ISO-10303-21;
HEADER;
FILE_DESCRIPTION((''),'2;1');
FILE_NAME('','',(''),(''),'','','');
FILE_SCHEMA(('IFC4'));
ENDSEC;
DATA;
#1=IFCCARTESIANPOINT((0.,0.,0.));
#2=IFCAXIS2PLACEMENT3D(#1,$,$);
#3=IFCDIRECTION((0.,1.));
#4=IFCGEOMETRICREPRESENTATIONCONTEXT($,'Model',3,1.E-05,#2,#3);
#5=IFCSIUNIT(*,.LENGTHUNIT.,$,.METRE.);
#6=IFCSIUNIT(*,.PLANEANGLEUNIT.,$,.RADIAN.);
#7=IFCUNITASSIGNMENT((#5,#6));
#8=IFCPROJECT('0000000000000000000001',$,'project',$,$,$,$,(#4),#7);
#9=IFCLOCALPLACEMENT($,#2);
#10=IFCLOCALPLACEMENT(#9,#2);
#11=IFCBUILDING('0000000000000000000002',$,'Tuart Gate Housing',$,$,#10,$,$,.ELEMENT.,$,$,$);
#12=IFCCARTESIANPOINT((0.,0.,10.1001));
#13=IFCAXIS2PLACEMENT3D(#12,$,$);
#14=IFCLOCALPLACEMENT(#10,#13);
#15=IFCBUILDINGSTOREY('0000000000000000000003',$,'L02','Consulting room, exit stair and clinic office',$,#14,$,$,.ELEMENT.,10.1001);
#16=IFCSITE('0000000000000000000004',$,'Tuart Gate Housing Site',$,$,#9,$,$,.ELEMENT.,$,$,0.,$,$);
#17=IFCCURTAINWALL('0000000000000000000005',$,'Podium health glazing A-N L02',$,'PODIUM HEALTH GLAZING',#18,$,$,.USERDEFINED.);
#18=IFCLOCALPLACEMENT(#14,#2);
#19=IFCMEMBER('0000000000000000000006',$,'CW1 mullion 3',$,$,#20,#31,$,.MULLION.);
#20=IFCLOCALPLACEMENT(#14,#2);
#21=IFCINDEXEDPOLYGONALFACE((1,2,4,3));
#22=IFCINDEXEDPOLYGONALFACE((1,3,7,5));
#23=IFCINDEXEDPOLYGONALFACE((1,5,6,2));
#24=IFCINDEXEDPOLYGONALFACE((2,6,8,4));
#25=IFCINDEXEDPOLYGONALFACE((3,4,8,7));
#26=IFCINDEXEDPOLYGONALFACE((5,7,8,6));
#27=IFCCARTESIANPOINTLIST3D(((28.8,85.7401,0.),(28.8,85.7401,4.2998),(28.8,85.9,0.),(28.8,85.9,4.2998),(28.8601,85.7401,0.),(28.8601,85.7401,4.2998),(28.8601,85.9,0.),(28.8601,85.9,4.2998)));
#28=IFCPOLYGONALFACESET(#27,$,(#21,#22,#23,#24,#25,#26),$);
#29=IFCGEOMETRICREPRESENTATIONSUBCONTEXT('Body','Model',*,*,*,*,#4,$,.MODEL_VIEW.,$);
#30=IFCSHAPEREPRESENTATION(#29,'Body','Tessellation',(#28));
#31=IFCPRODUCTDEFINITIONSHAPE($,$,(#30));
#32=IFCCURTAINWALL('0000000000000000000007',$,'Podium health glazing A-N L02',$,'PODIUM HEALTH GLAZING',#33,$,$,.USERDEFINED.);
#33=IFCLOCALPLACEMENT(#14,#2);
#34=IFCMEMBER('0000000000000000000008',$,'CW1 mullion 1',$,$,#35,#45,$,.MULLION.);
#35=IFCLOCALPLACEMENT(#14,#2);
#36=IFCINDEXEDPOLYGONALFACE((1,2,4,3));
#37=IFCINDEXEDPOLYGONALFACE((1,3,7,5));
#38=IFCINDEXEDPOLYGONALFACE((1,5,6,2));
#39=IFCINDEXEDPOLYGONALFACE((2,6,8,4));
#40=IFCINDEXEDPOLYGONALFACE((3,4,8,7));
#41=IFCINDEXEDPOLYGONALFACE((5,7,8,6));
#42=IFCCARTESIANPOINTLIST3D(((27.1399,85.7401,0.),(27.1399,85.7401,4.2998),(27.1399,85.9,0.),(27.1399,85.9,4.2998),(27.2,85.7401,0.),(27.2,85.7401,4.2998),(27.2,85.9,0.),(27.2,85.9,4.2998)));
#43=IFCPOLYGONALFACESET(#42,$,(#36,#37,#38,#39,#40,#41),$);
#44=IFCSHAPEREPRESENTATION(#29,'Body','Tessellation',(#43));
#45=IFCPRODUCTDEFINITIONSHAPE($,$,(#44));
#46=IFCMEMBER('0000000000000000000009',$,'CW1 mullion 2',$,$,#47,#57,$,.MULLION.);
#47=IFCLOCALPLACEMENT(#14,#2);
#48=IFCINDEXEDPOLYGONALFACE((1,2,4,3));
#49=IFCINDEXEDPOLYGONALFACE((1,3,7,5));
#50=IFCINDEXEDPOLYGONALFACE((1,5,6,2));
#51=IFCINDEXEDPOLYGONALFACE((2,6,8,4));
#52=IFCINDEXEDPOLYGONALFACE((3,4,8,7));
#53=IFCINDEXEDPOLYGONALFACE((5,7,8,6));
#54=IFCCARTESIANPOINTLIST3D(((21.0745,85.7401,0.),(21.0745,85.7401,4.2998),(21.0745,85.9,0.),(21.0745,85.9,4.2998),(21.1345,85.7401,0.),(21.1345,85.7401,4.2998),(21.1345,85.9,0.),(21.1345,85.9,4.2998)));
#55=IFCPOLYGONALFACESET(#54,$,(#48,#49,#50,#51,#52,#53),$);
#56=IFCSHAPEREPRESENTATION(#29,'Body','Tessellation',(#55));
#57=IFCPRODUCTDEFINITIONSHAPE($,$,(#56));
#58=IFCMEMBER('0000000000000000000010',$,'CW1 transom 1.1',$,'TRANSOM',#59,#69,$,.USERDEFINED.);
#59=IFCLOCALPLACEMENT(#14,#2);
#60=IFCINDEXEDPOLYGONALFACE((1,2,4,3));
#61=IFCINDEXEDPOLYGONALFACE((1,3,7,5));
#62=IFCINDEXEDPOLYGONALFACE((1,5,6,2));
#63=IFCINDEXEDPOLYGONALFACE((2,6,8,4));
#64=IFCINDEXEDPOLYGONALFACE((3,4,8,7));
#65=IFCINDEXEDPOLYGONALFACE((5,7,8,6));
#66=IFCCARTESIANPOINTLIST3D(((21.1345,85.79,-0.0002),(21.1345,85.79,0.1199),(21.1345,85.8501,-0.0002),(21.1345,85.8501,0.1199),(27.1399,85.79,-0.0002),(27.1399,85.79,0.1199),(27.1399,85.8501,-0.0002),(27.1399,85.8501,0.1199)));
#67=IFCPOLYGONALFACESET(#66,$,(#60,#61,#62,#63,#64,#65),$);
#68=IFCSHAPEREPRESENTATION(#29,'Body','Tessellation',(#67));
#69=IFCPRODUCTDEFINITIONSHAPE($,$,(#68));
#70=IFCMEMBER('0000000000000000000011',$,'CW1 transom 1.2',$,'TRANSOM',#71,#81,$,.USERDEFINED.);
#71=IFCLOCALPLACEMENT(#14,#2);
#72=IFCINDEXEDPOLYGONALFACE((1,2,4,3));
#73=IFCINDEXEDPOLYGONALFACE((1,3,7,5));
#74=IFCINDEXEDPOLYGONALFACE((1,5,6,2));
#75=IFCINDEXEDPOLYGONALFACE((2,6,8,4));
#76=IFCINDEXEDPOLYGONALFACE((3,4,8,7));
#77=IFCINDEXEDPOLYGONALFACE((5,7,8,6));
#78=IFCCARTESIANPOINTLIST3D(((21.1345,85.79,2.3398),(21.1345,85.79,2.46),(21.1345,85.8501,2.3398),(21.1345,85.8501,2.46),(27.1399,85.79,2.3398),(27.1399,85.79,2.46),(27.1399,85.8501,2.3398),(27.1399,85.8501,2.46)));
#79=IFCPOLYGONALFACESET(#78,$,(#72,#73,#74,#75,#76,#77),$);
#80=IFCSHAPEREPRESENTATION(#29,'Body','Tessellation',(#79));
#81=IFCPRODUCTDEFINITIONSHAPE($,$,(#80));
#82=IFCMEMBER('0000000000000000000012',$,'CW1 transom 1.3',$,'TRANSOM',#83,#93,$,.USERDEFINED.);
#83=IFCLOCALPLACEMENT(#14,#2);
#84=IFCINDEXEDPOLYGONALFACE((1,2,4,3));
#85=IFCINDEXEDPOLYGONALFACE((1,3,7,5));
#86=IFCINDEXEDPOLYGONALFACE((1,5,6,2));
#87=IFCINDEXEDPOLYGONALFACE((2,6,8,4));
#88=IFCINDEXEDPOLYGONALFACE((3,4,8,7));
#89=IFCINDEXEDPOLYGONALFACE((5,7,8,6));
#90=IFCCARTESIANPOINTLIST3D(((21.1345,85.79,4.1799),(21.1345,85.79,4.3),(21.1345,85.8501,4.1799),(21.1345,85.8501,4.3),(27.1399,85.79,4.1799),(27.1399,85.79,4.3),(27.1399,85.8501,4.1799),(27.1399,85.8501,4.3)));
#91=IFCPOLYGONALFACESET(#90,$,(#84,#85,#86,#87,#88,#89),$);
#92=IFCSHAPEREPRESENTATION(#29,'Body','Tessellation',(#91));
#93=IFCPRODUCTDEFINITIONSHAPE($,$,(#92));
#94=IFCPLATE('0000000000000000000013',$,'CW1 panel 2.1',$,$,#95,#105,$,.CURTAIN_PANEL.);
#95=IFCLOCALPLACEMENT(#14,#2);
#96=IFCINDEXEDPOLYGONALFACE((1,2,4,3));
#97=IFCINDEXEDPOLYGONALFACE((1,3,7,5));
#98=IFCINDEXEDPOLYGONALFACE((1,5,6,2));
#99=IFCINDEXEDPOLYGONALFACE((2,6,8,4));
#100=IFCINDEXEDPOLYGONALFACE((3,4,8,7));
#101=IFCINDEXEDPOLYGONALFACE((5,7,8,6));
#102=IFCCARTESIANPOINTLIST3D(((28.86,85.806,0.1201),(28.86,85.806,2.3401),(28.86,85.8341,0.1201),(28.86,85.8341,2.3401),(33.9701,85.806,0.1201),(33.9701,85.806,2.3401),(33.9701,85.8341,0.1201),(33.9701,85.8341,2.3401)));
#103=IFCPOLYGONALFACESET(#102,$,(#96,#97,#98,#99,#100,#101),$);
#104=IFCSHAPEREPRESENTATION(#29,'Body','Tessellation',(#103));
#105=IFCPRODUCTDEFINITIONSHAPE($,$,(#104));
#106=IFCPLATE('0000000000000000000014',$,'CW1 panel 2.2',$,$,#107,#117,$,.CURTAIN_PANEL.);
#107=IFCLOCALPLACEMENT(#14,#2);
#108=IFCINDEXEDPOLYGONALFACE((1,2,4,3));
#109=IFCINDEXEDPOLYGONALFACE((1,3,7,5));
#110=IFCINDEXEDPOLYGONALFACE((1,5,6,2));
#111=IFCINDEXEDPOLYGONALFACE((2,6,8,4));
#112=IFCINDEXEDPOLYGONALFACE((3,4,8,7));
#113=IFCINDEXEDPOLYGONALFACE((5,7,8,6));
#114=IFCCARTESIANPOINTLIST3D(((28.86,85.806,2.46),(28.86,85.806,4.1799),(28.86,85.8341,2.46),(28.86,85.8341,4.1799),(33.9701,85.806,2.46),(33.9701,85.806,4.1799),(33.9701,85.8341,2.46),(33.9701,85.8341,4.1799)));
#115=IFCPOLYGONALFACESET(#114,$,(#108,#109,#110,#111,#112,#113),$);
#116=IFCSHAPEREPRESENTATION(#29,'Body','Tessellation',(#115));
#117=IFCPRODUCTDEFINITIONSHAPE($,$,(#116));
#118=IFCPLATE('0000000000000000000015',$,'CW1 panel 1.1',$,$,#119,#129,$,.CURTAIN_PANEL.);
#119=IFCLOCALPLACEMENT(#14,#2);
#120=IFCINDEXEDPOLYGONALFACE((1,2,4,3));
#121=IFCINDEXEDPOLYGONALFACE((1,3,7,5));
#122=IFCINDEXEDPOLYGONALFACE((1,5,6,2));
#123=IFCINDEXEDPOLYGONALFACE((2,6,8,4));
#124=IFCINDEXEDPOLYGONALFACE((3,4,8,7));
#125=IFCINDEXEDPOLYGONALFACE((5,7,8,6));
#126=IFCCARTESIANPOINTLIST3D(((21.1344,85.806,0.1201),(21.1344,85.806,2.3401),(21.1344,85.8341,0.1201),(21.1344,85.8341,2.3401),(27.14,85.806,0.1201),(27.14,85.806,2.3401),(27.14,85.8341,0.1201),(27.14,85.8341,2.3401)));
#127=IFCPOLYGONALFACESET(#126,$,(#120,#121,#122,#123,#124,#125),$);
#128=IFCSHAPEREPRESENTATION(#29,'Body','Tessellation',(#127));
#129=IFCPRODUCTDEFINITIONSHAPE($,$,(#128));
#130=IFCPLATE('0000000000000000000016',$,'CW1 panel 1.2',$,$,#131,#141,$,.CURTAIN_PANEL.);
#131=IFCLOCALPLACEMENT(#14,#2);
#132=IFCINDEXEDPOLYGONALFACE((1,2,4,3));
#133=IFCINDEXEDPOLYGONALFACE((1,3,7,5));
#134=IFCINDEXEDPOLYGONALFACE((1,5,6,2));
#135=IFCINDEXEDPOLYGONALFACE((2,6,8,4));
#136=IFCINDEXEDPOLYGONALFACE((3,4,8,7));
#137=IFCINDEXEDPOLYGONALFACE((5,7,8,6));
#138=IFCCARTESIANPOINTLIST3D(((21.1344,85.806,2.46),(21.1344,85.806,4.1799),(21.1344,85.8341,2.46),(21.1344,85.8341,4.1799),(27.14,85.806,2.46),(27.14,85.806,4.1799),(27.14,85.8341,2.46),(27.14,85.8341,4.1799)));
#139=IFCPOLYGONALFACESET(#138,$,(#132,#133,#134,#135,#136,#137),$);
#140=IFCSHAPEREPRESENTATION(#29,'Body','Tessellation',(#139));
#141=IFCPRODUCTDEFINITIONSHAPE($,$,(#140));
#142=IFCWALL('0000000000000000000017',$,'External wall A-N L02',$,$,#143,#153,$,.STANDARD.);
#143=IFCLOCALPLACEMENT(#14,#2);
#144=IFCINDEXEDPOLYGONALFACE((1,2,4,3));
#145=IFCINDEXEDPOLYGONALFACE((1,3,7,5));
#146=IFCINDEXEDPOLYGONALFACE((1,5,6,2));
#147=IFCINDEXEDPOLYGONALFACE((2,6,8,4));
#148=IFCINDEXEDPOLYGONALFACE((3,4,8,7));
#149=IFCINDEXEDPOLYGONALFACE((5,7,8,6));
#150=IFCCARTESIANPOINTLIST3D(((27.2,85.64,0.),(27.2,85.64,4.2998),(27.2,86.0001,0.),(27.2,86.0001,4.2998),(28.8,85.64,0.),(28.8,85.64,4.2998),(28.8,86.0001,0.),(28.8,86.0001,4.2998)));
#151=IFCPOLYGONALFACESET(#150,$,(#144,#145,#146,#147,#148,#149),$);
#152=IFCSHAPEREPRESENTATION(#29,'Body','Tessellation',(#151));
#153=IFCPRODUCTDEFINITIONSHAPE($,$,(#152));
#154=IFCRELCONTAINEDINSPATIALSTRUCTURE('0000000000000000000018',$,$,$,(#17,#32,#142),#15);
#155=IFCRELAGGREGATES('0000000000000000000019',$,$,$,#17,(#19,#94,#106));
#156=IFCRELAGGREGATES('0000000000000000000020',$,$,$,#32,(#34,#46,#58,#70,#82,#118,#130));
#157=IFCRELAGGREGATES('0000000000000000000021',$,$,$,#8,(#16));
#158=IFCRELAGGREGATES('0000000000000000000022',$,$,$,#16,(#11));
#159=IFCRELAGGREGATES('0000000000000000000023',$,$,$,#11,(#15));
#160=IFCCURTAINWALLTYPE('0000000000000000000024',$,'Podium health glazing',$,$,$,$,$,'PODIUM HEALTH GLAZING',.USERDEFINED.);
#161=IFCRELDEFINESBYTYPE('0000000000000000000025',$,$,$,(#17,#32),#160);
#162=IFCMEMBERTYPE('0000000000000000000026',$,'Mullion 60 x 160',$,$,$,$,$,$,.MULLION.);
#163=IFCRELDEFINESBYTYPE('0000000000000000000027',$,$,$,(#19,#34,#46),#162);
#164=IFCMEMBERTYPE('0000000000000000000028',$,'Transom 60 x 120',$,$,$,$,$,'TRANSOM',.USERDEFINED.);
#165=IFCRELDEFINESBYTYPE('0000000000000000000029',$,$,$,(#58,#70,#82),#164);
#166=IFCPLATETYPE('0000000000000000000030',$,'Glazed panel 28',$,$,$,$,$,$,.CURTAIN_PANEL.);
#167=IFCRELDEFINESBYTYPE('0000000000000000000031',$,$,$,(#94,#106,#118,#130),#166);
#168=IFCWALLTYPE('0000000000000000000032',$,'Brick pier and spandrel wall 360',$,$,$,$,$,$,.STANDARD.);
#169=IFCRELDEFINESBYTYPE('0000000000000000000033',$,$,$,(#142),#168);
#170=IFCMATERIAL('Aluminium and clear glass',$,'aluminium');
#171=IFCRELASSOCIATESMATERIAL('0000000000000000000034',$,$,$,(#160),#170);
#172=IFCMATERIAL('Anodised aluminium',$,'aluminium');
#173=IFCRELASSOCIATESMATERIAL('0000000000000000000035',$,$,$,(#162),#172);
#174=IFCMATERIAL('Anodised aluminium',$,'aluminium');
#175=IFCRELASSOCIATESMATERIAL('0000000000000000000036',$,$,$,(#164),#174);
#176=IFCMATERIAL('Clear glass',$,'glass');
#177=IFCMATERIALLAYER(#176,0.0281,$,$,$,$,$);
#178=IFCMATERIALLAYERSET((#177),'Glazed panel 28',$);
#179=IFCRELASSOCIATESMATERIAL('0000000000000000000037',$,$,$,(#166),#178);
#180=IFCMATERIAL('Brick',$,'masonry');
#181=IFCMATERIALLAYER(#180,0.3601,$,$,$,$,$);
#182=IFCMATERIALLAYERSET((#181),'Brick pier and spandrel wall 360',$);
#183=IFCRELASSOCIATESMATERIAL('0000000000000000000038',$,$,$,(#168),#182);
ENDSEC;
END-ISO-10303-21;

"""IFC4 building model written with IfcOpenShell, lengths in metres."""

from ifc_helpers import new_model, si_unit, direction, frame, frame_2d, origin, origin_2d, place, context, subcontext, project, spatial, rectangle, extrude, material, layer, layer_set, material_profile, profile_set, type_object, element, aggregate, save


model = new_model("IFC4")

# Units and contexts
model_context = context("Model", 3, precision=1e-05, world=origin(), true_north=direction((0.0, 1.0)))
body_context = subcontext(model_context, "Body", "Model", "MODEL_VIEW")
ifc_project = project(units=[si_unit("LENGTHUNIT", "METRE"), si_unit("PLANEANGLEUNIT", "RADIAN")], contexts=[model_context])

# Site, building, storey
site_placement = place(None, origin())
site = spatial("IfcSite", under=ifc_project, at=site_placement, Name="Tuart Gate Housing Site", CompositionType="ELEMENT", RefElevation=0.0)
building_placement = place(site_placement, origin())
building = spatial("IfcBuilding", under=site, at=building_placement, Name="Tuart Gate Housing", CompositionType="ELEMENT")
storey_placement = place(building_placement, frame((0.0, 0.0, 10.1001)))
storey = spatial("IfcBuildingStorey", under=building, at=storey_placement, Name="L02", Description="Consulting room, exit stair and clinic office", CompositionType="ELEMENT", Elevation=10.1001)

# Curtain wall, member
ifc_material_1 = material(Name="Aluminium and clear glass", Category="aluminium")
curtain_wall_type = type_object("IfcCurtainWallType", Name="Podium health glazing", ElementType="PODIUM HEALTH GLAZING", PredefinedType="USERDEFINED", material=ifc_material_1)
curtain_wall_1_placement = place(storey_placement, origin())
curtain_wall_1 = element("IfcCurtainWall", 1, at=curtain_wall_1_placement, inside=storey, type_object=curtain_wall_type, Name="Podium health glazing A-N L02", ObjectType="PODIUM HEALTH GLAZING", PredefinedType="USERDEFINED")
ifc_material_2 = material(Name="Anodised aluminium", Category="aluminium")
ifc_material_profile_1 = material_profile(ifc_material_2, rectangle(XDim=0.0601, YDim=0.1599, at=origin_2d()), Name="60x160")
ifc_profile_set_1 = profile_set([ifc_material_profile_1], Name="Anodised aluminium")
member_type_1 = type_object("IfcMemberType", Name="Mullion 60 x 160", PredefinedType="MULLION", material=ifc_profile_set_1)
member_1_placement = place(storey_placement, frame((28.8301, 85.8201, 0.0), z_axis=(0.0, 0.0, 1.0), x_axis=(-1.0, 0.0, 0.0)))
member_1 = element("IfcMember", 2, at=member_1_placement, type_object=member_type_1, Name="CW1 mullion 3", PredefinedType="MULLION", context=body_context, shape_type="SweptSolid", body=[
    extrude(rectangle(XDim=0.0601, YDim=0.1599, at=origin_2d()), origin(), (0.0, 0.0, 1.0), 4.2998),
])

# Curtain wall, members
curtain_wall_2_placement = place(storey_placement, origin())
curtain_wall_2 = element("IfcCurtainWall", 3, at=curtain_wall_2_placement, inside=storey, type_object=curtain_wall_type, Name="Podium health glazing A-N L02", ObjectType="PODIUM HEALTH GLAZING", PredefinedType="USERDEFINED")
member_2_placement = place(storey_placement, frame((27.1699, 85.8201, 0.0), z_axis=(0.0, 0.0, 1.0), x_axis=(-1.0, 0.0, 0.0)))
member_2 = element("IfcMember", 4, at=member_2_placement, type_object=member_type_1, Name="CW1 mullion 1", PredefinedType="MULLION", context=body_context, shape_type="SweptSolid", body=[
    extrude(rectangle(XDim=0.0601, YDim=0.1599, at=origin_2d()), origin(), (0.0, 0.0, 1.0), 4.2998),
])
member_3_placement = place(storey_placement, frame((21.1045, 85.8201, 0.0), z_axis=(0.0, 0.0, 1.0), x_axis=(-1.0, 0.0, 0.0)))
member_3 = element("IfcMember", 5, at=member_3_placement, type_object=member_type_1, Name="CW1 mullion 2", PredefinedType="MULLION", context=body_context, shape_type="SweptSolid", body=[
    extrude(rectangle(XDim=0.0601, YDim=0.1599, at=origin_2d()), origin(), (0.0, 0.0, 1.0), 4.2998),
])
ifc_material_3 = material(Name="Anodised aluminium", Category="aluminium")
ifc_material_profile_2 = material_profile(ifc_material_3, rectangle(XDim=0.0601, YDim=0.1201, at=origin_2d()), Name="60x120")
ifc_profile_set_2 = profile_set([ifc_material_profile_2], Name="Anodised aluminium")
member_type_2 = type_object("IfcMemberType", Name="Transom 60 x 120", ElementType="TRANSOM", PredefinedType="USERDEFINED", material=ifc_profile_set_2)
member_4_placement = place(storey_placement, frame((27.1399, 85.8201, 0.0598), z_axis=(-1.0, 0.0, 0.0), x_axis=(0.0, -1.0, 0.0)))
member_4 = element("IfcMember", 6, at=member_4_placement, type_object=member_type_2, Name="CW1 transom 1.1", ObjectType="TRANSOM", PredefinedType="USERDEFINED", context=body_context, shape_type="SweptSolid", body=[
    extrude(rectangle(XDim=0.0601, YDim=0.1201, at=origin_2d()), origin(), (0.0, 0.0, 1.0), 6.0054),
])
member_5_placement = place(storey_placement, frame((27.1399, 85.8201, 2.3999), z_axis=(-1.0, 0.0, 0.0), x_axis=(0.0, -1.0, 0.0)))
member_5 = element("IfcMember", 7, at=member_5_placement, type_object=member_type_2, Name="CW1 transom 1.2", ObjectType="TRANSOM", PredefinedType="USERDEFINED", context=body_context, shape_type="SweptSolid", body=[
    extrude(rectangle(XDim=0.0601, YDim=0.1201, at=origin_2d()), origin(), (0.0, 0.0, 1.0), 6.0054),
])
member_6_placement = place(storey_placement, frame((27.1399, 85.8201, 4.24), z_axis=(-1.0, 0.0, 0.0), x_axis=(0.0, -1.0, 0.0)))
member_6 = element("IfcMember", 8, at=member_6_placement, type_object=member_type_2, Name="CW1 transom 1.3", ObjectType="TRANSOM", PredefinedType="USERDEFINED", context=body_context, shape_type="SweptSolid", body=[
    extrude(rectangle(XDim=0.0601, YDim=0.1201, at=origin_2d()), origin(), (0.0, 0.0, 1.0), 6.0054),
])

# Plates
ifc_material_4 = material(Name="Clear glass", Category="glass")
ifc_layer_1 = layer(ifc_material_4, 0.0281)
ifc_layer_set_1 = layer_set([ifc_layer_1], Name="Glazed panel 28")
plate_type = type_object("IfcPlateType", Name="Glazed panel 28", PredefinedType="CURTAIN_PANEL", material=ifc_layer_set_1)
plate_1_placement = place(storey_placement, frame((31.415, 85.8201, 0.1201), z_axis=(0.0, 0.0, 1.0), x_axis=(-1.0, 0.0, 0.0)))
plate_1 = element("IfcPlate", 9, at=plate_1_placement, type_object=plate_type, Name="CW1 panel 2.1", PredefinedType="CURTAIN_PANEL", context=body_context, shape_type="SweptSolid", body=[
    extrude(rectangle(XDim=5.1101, YDim=0.0281, at=origin_2d()), origin(), (0.0, 0.0, 1.0), 2.22),
])
plate_2_placement = place(storey_placement, frame((31.415, 85.8201, 2.46), z_axis=(0.0, 0.0, 1.0), x_axis=(-1.0, 0.0, 0.0)))
plate_2 = element("IfcPlate", 10, at=plate_2_placement, type_object=plate_type, Name="CW1 panel 2.2", PredefinedType="CURTAIN_PANEL", context=body_context, shape_type="SweptSolid", body=[
    extrude(rectangle(XDim=5.1101, YDim=0.0281, at=origin_2d()), origin(), (0.0, 0.0, 1.0), 1.72),
])
aggregate(curtain_wall_1, [member_1, plate_1, plate_2])
plate_3_placement = place(storey_placement, frame((24.1372, 85.8201, 0.1201), z_axis=(0.0, 0.0, 1.0), x_axis=(-1.0, 0.0, 0.0)))
plate_3 = element("IfcPlate", 11, at=plate_3_placement, type_object=plate_type, Name="CW1 panel 1.1", PredefinedType="CURTAIN_PANEL", context=body_context, shape_type="SweptSolid", body=[
    extrude(rectangle(XDim=6.0056, YDim=0.0281, at=origin_2d()), origin(), (0.0, 0.0, 1.0), 2.22),
])
plate_4_placement = place(storey_placement, frame((24.1372, 85.8201, 2.46), z_axis=(0.0, 0.0, 1.0), x_axis=(-1.0, 0.0, 0.0)))
plate_4 = element("IfcPlate", 12, at=plate_4_placement, type_object=plate_type, Name="CW1 panel 1.2", PredefinedType="CURTAIN_PANEL", context=body_context, shape_type="SweptSolid", body=[
    extrude(rectangle(XDim=6.0056, YDim=0.0281, at=origin_2d()), origin(), (0.0, 0.0, 1.0), 1.72),
])
aggregate(curtain_wall_2, [member_2, member_3, member_4, member_5, member_6, plate_3, plate_4])

# Wall
ifc_material_5 = material(Name="Brick", Category="masonry")
ifc_layer_2 = layer(ifc_material_5, 0.3601)
ifc_layer_set_2 = layer_set([ifc_layer_2], Name="Brick pier and spandrel wall 360")
wall_type = type_object("IfcWallType", Name="Brick pier and spandrel wall 360", PredefinedType="STANDARD", material=ifc_layer_set_2)
wall_placement = place(storey_placement, frame((28.8, 85.8201, 0.0), z_axis=(0.0, 0.0, 1.0), x_axis=(-1.0, 0.0, 0.0)))
element("IfcWall", 13, at=wall_placement, inside=storey, type_object=wall_type, Name="External wall A-N L02", PredefinedType="STANDARD", context=body_context, shape_type="SweptSolid", body=[
    extrude(rectangle(XDim=1.6001, YDim=0.3601, at=frame_2d((0.8, 0.0))), origin(), (0.0, 0.0, 1.0), 4.2998),
])

save(model, "model.ifc")
